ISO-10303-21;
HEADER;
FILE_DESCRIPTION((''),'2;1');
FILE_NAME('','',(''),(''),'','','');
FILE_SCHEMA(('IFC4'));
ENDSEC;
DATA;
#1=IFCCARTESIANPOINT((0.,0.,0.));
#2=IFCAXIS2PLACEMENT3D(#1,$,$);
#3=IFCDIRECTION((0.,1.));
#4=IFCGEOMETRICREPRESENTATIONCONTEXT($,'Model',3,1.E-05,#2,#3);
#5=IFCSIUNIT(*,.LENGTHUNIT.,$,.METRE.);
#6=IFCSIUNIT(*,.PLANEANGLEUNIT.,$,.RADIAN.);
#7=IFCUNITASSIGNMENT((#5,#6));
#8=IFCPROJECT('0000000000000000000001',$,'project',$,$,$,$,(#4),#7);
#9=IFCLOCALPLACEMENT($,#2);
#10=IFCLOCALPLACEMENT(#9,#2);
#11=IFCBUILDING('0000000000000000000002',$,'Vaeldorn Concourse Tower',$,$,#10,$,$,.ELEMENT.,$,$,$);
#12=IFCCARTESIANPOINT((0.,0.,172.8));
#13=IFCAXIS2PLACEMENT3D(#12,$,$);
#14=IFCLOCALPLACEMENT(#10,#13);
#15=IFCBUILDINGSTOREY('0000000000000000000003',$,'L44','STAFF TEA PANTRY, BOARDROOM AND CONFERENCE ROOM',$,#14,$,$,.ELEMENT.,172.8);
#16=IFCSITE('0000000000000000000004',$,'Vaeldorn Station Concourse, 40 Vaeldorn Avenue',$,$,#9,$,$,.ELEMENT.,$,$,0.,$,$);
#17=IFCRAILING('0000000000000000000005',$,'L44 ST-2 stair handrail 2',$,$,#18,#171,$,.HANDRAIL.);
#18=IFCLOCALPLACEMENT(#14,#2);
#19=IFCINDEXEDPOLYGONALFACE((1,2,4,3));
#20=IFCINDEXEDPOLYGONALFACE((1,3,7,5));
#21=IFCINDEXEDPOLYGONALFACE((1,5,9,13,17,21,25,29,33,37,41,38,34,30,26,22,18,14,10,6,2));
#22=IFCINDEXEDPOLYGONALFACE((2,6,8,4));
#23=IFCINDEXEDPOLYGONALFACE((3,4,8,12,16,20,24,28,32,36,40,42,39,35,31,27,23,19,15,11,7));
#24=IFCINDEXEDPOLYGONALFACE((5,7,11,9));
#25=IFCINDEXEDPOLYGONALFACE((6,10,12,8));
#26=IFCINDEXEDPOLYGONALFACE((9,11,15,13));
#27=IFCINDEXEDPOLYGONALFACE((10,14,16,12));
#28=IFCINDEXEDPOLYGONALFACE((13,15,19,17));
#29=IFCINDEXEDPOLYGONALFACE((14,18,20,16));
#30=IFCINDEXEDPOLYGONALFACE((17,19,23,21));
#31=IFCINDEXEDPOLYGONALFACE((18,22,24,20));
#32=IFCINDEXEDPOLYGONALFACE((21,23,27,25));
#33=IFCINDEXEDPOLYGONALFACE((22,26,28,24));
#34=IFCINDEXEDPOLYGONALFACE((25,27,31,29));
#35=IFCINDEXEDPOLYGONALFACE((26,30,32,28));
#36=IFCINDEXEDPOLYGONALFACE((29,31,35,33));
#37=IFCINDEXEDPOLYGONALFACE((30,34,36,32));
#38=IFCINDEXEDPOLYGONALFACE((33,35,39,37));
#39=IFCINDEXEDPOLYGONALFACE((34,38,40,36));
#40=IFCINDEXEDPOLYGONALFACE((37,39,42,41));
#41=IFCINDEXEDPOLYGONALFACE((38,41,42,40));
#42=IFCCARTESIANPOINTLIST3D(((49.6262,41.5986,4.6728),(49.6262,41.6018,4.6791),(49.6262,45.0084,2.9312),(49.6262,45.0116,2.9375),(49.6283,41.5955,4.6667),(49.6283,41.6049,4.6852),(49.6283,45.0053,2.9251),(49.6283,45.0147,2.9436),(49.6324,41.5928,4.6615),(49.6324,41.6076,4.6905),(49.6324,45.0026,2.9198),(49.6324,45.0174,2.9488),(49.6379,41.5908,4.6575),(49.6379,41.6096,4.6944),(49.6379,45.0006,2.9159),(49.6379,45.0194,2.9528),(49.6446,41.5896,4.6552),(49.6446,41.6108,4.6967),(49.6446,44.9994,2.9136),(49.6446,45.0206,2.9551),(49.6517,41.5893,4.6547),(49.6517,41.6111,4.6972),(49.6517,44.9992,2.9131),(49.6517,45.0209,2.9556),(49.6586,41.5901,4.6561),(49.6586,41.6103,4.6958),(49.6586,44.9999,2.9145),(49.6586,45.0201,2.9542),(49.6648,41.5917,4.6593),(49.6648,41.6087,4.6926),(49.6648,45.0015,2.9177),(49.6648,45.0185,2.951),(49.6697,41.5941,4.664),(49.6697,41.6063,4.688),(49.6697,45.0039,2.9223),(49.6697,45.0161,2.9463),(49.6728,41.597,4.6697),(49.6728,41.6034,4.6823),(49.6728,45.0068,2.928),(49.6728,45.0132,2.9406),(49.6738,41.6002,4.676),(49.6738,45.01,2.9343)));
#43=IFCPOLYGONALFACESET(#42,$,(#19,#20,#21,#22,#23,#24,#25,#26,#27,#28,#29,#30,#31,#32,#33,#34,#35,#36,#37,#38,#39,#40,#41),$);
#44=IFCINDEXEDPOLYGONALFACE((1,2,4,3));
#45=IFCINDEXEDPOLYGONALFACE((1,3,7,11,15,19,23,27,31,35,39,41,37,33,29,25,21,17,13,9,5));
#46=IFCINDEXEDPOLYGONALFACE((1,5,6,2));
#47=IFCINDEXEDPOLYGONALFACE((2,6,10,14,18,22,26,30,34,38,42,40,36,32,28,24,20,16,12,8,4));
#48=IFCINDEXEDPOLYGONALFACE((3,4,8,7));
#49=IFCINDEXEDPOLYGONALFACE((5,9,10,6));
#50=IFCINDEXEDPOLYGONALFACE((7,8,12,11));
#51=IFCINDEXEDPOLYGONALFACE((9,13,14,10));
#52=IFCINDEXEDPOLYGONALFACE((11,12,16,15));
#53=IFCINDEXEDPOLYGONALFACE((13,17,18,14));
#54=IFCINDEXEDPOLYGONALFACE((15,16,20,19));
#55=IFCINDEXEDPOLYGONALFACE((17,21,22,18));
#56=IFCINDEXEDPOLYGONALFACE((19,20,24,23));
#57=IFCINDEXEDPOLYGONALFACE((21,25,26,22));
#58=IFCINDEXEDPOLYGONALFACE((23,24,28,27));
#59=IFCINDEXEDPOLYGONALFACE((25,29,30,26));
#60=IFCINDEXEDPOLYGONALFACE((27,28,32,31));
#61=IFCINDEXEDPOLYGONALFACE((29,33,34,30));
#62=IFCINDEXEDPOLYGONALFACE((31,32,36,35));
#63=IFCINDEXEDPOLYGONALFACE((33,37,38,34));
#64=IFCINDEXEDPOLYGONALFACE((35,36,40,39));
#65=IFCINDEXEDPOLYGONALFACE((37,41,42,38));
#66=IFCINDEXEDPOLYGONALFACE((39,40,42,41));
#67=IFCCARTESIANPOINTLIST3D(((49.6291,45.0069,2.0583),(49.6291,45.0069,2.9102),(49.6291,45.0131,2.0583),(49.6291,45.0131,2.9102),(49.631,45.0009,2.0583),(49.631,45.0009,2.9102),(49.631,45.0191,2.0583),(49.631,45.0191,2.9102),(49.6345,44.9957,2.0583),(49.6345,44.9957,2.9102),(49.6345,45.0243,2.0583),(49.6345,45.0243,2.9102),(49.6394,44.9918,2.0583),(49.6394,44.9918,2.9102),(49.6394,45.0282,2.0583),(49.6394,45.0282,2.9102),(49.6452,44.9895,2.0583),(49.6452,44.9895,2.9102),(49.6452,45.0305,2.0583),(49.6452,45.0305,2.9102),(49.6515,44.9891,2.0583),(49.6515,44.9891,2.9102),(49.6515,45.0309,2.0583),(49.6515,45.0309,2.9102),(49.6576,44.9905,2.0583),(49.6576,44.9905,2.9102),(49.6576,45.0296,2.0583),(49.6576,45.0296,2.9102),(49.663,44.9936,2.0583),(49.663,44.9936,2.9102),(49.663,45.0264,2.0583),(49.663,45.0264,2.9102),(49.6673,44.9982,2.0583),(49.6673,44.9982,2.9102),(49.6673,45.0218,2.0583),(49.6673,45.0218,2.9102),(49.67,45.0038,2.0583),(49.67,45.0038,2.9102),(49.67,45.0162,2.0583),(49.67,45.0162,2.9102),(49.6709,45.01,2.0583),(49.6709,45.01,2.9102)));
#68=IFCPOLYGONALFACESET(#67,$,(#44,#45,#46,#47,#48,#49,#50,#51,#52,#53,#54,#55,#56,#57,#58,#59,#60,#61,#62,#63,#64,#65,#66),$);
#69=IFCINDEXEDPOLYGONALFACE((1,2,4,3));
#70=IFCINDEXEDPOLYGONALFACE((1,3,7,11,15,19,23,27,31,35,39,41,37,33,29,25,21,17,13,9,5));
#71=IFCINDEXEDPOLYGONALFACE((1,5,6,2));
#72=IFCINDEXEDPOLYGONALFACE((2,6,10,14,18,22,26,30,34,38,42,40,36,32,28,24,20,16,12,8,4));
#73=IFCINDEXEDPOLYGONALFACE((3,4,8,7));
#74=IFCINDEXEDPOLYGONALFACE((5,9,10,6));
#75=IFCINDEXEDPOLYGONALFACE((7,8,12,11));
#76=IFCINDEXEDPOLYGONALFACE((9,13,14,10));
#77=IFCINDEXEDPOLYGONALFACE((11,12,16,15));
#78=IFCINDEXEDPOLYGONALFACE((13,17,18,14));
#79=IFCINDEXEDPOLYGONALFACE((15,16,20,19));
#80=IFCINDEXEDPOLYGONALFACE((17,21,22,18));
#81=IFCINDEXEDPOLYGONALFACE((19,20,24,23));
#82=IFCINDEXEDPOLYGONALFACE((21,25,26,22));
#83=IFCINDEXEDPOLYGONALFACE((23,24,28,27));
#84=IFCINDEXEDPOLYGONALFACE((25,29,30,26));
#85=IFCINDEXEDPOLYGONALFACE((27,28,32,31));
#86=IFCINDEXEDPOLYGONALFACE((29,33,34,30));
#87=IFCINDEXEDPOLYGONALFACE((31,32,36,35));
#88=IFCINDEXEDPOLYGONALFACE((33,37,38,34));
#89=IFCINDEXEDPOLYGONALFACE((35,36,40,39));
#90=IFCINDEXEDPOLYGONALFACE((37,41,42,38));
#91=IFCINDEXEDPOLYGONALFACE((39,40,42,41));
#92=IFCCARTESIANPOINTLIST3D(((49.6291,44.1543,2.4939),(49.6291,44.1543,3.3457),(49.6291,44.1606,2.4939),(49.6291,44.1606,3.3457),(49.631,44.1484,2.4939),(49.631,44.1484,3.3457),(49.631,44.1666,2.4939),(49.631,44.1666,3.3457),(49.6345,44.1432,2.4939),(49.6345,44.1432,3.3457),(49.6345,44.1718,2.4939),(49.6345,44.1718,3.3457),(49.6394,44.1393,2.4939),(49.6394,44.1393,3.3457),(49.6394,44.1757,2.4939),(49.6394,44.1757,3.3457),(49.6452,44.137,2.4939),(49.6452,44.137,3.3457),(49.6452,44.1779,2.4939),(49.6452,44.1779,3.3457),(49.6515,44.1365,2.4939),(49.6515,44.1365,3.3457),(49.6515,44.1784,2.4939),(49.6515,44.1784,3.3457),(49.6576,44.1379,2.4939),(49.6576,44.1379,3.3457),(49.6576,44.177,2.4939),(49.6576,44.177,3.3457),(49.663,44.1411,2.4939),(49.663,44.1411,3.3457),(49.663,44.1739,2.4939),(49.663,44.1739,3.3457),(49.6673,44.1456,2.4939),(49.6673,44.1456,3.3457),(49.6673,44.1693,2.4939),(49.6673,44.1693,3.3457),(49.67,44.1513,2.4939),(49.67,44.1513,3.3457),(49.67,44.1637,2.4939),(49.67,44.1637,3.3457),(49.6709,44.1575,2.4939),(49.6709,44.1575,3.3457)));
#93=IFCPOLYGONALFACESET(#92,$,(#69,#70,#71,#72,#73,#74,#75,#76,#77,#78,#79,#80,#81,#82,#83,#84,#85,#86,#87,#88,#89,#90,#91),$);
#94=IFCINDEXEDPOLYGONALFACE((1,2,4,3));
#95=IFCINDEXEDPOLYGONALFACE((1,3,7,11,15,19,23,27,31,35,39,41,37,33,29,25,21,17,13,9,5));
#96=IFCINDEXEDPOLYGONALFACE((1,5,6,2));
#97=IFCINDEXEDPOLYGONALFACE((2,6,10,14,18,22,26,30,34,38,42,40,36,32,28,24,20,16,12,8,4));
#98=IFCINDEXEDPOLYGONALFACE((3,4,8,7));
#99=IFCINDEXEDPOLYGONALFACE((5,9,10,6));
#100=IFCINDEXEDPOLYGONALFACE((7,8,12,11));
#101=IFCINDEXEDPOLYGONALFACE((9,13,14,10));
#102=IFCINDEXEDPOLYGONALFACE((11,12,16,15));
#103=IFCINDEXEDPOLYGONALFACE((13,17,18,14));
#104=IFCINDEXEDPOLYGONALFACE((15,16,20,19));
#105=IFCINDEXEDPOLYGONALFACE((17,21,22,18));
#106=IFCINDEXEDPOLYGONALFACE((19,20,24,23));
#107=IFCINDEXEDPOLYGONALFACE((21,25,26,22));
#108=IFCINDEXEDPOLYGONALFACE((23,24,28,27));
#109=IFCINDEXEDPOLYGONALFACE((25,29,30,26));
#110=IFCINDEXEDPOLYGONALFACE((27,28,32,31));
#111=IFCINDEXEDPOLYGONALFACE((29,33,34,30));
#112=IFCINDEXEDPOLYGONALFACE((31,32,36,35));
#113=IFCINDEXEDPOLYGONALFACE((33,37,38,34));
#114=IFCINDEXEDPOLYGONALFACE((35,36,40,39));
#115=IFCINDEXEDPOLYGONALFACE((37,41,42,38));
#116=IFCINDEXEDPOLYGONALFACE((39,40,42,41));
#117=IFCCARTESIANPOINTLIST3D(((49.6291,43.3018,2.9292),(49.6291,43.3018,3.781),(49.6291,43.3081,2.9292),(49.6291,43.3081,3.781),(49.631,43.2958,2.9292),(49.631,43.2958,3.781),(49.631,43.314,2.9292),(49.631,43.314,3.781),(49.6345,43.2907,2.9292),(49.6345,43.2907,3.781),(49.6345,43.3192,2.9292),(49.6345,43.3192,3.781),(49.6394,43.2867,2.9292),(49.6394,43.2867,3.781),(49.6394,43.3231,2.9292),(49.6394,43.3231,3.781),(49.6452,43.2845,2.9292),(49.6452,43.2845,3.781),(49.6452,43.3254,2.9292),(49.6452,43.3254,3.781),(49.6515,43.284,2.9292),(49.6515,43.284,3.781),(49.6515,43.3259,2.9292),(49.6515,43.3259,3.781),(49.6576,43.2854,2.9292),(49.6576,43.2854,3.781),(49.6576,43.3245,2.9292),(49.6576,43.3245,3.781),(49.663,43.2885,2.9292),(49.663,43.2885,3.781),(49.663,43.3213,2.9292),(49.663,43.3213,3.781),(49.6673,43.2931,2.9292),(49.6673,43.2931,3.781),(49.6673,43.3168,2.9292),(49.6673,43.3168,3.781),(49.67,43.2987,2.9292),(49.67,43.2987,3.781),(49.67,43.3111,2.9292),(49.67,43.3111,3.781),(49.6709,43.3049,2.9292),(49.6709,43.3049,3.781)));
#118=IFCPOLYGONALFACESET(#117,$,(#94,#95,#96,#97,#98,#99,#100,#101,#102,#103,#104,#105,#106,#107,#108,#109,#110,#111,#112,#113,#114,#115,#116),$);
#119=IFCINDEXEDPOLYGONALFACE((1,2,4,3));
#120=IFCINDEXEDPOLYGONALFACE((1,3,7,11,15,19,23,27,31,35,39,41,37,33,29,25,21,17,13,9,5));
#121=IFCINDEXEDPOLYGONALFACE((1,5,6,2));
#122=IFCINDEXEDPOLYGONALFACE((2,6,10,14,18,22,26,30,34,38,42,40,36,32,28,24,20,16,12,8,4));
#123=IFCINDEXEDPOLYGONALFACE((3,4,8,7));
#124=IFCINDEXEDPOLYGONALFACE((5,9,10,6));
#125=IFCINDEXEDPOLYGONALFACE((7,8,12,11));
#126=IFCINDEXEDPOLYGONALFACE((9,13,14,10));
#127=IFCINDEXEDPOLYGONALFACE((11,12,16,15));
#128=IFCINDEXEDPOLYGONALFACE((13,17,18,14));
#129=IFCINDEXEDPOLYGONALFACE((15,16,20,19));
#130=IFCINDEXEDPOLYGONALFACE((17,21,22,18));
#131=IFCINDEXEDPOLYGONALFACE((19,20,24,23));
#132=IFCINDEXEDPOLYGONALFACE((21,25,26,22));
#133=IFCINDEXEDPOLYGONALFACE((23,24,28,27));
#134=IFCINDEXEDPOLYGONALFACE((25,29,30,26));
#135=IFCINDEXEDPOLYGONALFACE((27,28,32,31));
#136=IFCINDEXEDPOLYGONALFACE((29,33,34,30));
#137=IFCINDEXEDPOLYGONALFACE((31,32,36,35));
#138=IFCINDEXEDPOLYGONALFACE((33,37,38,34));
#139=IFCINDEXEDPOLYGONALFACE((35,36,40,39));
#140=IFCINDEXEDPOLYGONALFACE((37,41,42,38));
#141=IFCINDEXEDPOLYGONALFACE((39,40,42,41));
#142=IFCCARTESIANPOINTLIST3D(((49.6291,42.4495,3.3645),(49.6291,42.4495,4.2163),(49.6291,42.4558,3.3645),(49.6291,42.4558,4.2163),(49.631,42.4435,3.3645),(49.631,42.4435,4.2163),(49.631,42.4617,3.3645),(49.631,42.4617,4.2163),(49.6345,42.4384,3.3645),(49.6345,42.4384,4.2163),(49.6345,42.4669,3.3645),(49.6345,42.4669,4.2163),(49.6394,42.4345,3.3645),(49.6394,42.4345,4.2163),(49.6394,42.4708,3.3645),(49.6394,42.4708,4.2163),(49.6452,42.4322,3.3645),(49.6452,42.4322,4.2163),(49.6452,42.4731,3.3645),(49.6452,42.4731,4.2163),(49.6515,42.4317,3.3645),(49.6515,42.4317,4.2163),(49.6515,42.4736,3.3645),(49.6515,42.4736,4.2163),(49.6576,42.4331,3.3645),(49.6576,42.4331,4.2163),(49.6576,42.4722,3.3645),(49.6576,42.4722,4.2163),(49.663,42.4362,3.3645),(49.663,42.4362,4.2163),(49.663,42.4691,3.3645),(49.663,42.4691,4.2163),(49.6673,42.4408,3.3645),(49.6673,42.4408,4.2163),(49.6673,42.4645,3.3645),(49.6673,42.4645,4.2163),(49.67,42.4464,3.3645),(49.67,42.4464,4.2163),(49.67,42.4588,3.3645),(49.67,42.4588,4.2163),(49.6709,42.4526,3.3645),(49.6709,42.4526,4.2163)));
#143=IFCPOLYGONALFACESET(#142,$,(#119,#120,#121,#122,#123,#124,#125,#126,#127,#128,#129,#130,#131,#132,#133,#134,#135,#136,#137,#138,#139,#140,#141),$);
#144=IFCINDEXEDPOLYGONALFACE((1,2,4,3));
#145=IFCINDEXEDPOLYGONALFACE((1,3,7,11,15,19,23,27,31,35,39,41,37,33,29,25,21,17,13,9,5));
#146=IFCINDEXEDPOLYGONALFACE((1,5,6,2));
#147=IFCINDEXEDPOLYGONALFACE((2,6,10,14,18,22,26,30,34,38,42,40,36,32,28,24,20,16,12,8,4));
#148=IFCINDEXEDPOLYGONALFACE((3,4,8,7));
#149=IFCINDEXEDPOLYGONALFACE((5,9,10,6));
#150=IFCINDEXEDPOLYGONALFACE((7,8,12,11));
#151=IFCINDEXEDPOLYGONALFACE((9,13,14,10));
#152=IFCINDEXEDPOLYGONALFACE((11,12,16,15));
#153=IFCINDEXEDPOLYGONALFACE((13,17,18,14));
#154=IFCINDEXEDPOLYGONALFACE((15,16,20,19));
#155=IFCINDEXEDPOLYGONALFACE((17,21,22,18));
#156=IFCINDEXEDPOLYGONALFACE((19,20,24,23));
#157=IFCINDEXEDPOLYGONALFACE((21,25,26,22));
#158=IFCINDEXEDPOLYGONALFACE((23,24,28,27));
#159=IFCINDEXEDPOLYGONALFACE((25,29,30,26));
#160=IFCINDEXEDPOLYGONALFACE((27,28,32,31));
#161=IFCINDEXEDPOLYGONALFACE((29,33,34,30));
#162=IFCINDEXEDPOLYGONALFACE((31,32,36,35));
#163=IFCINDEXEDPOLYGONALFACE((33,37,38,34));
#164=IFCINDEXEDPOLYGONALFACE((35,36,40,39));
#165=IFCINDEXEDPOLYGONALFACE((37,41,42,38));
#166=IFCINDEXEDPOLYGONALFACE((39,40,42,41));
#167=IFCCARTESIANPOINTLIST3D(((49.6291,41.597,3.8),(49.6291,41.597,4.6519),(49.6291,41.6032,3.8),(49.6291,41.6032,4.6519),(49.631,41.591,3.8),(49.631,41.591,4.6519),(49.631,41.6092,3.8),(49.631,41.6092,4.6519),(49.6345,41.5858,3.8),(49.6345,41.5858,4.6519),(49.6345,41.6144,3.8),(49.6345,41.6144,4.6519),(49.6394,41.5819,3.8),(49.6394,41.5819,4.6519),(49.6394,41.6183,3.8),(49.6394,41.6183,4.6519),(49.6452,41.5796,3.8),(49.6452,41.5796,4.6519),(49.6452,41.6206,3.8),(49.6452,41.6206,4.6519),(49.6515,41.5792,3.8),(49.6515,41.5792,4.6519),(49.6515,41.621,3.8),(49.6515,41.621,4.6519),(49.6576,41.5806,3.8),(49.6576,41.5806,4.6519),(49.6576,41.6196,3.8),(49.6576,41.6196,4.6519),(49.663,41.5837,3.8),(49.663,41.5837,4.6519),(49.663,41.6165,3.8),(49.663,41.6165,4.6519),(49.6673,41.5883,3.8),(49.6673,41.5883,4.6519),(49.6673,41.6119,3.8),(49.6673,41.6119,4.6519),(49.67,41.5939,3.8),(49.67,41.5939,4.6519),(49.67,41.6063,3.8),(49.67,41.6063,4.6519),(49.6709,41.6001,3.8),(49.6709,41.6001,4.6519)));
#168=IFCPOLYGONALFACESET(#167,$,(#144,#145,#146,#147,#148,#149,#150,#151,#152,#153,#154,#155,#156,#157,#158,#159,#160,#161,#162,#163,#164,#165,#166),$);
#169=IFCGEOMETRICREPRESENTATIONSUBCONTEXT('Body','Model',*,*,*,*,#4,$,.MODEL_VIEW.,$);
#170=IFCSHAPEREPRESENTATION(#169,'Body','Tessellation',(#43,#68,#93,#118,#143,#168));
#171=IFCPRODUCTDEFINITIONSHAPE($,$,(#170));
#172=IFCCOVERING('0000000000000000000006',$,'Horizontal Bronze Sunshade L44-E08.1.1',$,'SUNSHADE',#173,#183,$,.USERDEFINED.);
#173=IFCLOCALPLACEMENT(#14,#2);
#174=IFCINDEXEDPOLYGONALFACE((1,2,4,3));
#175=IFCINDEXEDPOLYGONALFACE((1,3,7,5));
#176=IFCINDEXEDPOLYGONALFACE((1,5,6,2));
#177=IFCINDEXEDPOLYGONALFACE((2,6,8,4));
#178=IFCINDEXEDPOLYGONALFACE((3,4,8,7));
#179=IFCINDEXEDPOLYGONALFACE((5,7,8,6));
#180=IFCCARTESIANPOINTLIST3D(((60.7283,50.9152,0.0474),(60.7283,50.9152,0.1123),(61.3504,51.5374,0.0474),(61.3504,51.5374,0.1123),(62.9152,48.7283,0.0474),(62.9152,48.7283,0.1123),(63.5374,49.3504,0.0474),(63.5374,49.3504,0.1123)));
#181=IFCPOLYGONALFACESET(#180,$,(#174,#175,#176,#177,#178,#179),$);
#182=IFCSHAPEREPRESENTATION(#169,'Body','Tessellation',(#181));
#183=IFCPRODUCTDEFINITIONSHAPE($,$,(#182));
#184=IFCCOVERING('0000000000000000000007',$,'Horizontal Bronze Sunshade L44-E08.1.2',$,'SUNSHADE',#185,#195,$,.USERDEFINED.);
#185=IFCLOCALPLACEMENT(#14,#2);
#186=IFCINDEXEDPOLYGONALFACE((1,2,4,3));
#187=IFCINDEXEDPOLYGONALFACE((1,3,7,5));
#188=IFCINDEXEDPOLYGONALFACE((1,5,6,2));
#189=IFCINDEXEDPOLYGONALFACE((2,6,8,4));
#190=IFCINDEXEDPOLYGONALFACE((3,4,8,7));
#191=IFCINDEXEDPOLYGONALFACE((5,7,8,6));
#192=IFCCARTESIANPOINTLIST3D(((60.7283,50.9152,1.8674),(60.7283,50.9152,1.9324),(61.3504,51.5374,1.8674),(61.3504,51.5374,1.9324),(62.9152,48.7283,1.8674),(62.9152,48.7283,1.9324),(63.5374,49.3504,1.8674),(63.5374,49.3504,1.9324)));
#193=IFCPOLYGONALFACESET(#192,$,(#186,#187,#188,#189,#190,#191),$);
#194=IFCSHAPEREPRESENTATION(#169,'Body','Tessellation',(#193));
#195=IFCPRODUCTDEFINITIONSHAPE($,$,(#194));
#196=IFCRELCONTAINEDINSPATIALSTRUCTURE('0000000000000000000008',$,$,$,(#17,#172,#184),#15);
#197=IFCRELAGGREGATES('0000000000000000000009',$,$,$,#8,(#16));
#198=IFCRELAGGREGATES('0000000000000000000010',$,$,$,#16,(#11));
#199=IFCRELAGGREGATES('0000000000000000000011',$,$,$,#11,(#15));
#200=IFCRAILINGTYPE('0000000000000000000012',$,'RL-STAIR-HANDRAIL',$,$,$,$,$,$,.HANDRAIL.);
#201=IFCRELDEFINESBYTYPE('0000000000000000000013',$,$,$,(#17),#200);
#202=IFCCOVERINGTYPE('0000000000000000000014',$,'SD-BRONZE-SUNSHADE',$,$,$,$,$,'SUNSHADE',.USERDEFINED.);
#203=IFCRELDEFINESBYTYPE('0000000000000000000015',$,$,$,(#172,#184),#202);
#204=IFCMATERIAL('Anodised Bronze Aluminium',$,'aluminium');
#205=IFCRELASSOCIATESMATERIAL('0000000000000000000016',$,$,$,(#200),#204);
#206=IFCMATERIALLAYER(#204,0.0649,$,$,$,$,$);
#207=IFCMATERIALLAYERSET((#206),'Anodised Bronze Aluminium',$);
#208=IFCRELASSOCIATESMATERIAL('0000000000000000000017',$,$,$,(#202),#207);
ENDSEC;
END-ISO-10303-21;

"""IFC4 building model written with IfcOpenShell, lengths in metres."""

from ifc_helpers import new_model, si_unit, direction, frame, origin, origin_2d, place, context, subcontext, project, spatial, rectangle, circle, extrude, source, transform, mapped, material, layer, layer_set, type_object, element, save


model = new_model("IFC4")

# Units and contexts
model_context = context("Model", 3, precision=1e-05, world=origin(), true_north=direction((0.0, 1.0)))
body_context = subcontext(model_context, "Body", "Model", "MODEL_VIEW")
ifc_project = project(units=[si_unit("LENGTHUNIT", "METRE"), si_unit("PLANEANGLEUNIT", "RADIAN")], contexts=[model_context])

# Site, building, storey
site_placement = place(None, origin())
site = spatial("IfcSite", under=ifc_project, at=site_placement, Name="Vaeldorn Station Concourse, 40 Vaeldorn Avenue", CompositionType="ELEMENT", RefElevation=0.0)
building_placement = place(site_placement, origin())
building = spatial("IfcBuilding", under=site, at=building_placement, Name="Vaeldorn Concourse Tower", CompositionType="ELEMENT")
storey_placement = place(building_placement, frame((0.0, 0.0, 172.8)))
storey = spatial("IfcBuildingStorey", under=building, at=storey_placement, Name="L44", Description="STAFF TEA PANTRY, BOARDROOM AND CONFERENCE ROOM", CompositionType="ELEMENT", Elevation=172.8)

# Shared definitions
ifc_material_1 = material(Name="Anodised Bronze Aluminium", Category="aluminium")

# Railing
railing_type_1 = type_object("IfcRailingType", Name="RL-STAIR-HANDRAIL", PredefinedType="HANDRAIL", material=ifc_material_1)
railing_1_placement = place(storey_placement, frame((49.6499, 45.01, 2.0583)))
element("IfcRailing", 1, at=railing_1_placement, inside=storey, type_object=railing_type_1, Name="L44 ST-2 stair handrail 2", PredefinedType="HANDRAIL", context=body_context, shape_type="SweptSolid", body=[
    extrude(circle(Radius=0.0239, at=origin_2d()), frame((0.0, 0.0, 0.876), z_axis=(0.0, -0.890556, 0.454874), x_axis=(1.0, 0.0, 0.0)), (0.0, 0.0, 1.0), 3.8289),
    extrude(circle(Radius=0.021, at=origin_2d()), origin(), (0.0, 0.0, 1.0), 0.8518),
    extrude(circle(Radius=0.021, at=origin_2d()), frame((0.0, -0.8525, 0.4355)), (0.0, 0.0, 1.0), 0.8518),
    extrude(circle(Radius=0.021, at=origin_2d()), frame((0.0, -1.7051, 0.8708)), (0.0, 0.0, 1.0), 0.8518),
    extrude(circle(Radius=0.021, at=origin_2d()), frame((0.0, -2.5574, 1.3062)), (0.0, 0.0, 1.0), 0.8518),
    extrude(circle(Radius=0.021, at=origin_2d()), frame((0.0, -3.4099, 1.7417)), (0.0, 0.0, 1.0), 0.8518),
])

# Coverings
ifc_layer_1 = layer(ifc_material_1, 0.0649)
ifc_layer_set_1 = layer_set([ifc_layer_1], Name="Anodised Bronze Aluminium")
covering_type = type_object("IfcCoveringType", Name="SD-BRONZE-SUNSHADE", ElementType="SUNSHADE", PredefinedType="USERDEFINED", material=ifc_layer_set_1)
shared_shape_1 = source(origin(), body_context, "Body", "SweptSolid", [
    extrude(rectangle(XDim=3.0928, YDim=0.8799, at=origin_2d()), origin(), (0.0, 0.0, 1.0), 0.0649),
])
for number, where, z_axis, x_axis, name in (
    (2, (62.1328, 50.1328, 0.0474), (0.0, 0.0, 1.0), (-0.707107, 0.707107, 0.0), "Horizontal Bronze Sunshade L44-E08.1.1"),
    (3, (62.1328, 50.1328, 1.8674), (0.0, 0.0, 1.0), (-0.707107, 0.707107, 0.0), "Horizontal Bronze Sunshade L44-E08.1.2"),
):
    element("IfcCovering", number, at=place(storey_placement, frame(where, z_axis=z_axis, x_axis=x_axis)), inside=storey, type_object=covering_type, Name=name, ObjectType="SUNSHADE", PredefinedType="USERDEFINED", context=body_context, shape_type="MappedRepresentation", body=[
        mapped(shared_shape_1, transform((0.0, 0.0, 0.0), scale=1.0)),
    ])

save(model, "model.ifc")
